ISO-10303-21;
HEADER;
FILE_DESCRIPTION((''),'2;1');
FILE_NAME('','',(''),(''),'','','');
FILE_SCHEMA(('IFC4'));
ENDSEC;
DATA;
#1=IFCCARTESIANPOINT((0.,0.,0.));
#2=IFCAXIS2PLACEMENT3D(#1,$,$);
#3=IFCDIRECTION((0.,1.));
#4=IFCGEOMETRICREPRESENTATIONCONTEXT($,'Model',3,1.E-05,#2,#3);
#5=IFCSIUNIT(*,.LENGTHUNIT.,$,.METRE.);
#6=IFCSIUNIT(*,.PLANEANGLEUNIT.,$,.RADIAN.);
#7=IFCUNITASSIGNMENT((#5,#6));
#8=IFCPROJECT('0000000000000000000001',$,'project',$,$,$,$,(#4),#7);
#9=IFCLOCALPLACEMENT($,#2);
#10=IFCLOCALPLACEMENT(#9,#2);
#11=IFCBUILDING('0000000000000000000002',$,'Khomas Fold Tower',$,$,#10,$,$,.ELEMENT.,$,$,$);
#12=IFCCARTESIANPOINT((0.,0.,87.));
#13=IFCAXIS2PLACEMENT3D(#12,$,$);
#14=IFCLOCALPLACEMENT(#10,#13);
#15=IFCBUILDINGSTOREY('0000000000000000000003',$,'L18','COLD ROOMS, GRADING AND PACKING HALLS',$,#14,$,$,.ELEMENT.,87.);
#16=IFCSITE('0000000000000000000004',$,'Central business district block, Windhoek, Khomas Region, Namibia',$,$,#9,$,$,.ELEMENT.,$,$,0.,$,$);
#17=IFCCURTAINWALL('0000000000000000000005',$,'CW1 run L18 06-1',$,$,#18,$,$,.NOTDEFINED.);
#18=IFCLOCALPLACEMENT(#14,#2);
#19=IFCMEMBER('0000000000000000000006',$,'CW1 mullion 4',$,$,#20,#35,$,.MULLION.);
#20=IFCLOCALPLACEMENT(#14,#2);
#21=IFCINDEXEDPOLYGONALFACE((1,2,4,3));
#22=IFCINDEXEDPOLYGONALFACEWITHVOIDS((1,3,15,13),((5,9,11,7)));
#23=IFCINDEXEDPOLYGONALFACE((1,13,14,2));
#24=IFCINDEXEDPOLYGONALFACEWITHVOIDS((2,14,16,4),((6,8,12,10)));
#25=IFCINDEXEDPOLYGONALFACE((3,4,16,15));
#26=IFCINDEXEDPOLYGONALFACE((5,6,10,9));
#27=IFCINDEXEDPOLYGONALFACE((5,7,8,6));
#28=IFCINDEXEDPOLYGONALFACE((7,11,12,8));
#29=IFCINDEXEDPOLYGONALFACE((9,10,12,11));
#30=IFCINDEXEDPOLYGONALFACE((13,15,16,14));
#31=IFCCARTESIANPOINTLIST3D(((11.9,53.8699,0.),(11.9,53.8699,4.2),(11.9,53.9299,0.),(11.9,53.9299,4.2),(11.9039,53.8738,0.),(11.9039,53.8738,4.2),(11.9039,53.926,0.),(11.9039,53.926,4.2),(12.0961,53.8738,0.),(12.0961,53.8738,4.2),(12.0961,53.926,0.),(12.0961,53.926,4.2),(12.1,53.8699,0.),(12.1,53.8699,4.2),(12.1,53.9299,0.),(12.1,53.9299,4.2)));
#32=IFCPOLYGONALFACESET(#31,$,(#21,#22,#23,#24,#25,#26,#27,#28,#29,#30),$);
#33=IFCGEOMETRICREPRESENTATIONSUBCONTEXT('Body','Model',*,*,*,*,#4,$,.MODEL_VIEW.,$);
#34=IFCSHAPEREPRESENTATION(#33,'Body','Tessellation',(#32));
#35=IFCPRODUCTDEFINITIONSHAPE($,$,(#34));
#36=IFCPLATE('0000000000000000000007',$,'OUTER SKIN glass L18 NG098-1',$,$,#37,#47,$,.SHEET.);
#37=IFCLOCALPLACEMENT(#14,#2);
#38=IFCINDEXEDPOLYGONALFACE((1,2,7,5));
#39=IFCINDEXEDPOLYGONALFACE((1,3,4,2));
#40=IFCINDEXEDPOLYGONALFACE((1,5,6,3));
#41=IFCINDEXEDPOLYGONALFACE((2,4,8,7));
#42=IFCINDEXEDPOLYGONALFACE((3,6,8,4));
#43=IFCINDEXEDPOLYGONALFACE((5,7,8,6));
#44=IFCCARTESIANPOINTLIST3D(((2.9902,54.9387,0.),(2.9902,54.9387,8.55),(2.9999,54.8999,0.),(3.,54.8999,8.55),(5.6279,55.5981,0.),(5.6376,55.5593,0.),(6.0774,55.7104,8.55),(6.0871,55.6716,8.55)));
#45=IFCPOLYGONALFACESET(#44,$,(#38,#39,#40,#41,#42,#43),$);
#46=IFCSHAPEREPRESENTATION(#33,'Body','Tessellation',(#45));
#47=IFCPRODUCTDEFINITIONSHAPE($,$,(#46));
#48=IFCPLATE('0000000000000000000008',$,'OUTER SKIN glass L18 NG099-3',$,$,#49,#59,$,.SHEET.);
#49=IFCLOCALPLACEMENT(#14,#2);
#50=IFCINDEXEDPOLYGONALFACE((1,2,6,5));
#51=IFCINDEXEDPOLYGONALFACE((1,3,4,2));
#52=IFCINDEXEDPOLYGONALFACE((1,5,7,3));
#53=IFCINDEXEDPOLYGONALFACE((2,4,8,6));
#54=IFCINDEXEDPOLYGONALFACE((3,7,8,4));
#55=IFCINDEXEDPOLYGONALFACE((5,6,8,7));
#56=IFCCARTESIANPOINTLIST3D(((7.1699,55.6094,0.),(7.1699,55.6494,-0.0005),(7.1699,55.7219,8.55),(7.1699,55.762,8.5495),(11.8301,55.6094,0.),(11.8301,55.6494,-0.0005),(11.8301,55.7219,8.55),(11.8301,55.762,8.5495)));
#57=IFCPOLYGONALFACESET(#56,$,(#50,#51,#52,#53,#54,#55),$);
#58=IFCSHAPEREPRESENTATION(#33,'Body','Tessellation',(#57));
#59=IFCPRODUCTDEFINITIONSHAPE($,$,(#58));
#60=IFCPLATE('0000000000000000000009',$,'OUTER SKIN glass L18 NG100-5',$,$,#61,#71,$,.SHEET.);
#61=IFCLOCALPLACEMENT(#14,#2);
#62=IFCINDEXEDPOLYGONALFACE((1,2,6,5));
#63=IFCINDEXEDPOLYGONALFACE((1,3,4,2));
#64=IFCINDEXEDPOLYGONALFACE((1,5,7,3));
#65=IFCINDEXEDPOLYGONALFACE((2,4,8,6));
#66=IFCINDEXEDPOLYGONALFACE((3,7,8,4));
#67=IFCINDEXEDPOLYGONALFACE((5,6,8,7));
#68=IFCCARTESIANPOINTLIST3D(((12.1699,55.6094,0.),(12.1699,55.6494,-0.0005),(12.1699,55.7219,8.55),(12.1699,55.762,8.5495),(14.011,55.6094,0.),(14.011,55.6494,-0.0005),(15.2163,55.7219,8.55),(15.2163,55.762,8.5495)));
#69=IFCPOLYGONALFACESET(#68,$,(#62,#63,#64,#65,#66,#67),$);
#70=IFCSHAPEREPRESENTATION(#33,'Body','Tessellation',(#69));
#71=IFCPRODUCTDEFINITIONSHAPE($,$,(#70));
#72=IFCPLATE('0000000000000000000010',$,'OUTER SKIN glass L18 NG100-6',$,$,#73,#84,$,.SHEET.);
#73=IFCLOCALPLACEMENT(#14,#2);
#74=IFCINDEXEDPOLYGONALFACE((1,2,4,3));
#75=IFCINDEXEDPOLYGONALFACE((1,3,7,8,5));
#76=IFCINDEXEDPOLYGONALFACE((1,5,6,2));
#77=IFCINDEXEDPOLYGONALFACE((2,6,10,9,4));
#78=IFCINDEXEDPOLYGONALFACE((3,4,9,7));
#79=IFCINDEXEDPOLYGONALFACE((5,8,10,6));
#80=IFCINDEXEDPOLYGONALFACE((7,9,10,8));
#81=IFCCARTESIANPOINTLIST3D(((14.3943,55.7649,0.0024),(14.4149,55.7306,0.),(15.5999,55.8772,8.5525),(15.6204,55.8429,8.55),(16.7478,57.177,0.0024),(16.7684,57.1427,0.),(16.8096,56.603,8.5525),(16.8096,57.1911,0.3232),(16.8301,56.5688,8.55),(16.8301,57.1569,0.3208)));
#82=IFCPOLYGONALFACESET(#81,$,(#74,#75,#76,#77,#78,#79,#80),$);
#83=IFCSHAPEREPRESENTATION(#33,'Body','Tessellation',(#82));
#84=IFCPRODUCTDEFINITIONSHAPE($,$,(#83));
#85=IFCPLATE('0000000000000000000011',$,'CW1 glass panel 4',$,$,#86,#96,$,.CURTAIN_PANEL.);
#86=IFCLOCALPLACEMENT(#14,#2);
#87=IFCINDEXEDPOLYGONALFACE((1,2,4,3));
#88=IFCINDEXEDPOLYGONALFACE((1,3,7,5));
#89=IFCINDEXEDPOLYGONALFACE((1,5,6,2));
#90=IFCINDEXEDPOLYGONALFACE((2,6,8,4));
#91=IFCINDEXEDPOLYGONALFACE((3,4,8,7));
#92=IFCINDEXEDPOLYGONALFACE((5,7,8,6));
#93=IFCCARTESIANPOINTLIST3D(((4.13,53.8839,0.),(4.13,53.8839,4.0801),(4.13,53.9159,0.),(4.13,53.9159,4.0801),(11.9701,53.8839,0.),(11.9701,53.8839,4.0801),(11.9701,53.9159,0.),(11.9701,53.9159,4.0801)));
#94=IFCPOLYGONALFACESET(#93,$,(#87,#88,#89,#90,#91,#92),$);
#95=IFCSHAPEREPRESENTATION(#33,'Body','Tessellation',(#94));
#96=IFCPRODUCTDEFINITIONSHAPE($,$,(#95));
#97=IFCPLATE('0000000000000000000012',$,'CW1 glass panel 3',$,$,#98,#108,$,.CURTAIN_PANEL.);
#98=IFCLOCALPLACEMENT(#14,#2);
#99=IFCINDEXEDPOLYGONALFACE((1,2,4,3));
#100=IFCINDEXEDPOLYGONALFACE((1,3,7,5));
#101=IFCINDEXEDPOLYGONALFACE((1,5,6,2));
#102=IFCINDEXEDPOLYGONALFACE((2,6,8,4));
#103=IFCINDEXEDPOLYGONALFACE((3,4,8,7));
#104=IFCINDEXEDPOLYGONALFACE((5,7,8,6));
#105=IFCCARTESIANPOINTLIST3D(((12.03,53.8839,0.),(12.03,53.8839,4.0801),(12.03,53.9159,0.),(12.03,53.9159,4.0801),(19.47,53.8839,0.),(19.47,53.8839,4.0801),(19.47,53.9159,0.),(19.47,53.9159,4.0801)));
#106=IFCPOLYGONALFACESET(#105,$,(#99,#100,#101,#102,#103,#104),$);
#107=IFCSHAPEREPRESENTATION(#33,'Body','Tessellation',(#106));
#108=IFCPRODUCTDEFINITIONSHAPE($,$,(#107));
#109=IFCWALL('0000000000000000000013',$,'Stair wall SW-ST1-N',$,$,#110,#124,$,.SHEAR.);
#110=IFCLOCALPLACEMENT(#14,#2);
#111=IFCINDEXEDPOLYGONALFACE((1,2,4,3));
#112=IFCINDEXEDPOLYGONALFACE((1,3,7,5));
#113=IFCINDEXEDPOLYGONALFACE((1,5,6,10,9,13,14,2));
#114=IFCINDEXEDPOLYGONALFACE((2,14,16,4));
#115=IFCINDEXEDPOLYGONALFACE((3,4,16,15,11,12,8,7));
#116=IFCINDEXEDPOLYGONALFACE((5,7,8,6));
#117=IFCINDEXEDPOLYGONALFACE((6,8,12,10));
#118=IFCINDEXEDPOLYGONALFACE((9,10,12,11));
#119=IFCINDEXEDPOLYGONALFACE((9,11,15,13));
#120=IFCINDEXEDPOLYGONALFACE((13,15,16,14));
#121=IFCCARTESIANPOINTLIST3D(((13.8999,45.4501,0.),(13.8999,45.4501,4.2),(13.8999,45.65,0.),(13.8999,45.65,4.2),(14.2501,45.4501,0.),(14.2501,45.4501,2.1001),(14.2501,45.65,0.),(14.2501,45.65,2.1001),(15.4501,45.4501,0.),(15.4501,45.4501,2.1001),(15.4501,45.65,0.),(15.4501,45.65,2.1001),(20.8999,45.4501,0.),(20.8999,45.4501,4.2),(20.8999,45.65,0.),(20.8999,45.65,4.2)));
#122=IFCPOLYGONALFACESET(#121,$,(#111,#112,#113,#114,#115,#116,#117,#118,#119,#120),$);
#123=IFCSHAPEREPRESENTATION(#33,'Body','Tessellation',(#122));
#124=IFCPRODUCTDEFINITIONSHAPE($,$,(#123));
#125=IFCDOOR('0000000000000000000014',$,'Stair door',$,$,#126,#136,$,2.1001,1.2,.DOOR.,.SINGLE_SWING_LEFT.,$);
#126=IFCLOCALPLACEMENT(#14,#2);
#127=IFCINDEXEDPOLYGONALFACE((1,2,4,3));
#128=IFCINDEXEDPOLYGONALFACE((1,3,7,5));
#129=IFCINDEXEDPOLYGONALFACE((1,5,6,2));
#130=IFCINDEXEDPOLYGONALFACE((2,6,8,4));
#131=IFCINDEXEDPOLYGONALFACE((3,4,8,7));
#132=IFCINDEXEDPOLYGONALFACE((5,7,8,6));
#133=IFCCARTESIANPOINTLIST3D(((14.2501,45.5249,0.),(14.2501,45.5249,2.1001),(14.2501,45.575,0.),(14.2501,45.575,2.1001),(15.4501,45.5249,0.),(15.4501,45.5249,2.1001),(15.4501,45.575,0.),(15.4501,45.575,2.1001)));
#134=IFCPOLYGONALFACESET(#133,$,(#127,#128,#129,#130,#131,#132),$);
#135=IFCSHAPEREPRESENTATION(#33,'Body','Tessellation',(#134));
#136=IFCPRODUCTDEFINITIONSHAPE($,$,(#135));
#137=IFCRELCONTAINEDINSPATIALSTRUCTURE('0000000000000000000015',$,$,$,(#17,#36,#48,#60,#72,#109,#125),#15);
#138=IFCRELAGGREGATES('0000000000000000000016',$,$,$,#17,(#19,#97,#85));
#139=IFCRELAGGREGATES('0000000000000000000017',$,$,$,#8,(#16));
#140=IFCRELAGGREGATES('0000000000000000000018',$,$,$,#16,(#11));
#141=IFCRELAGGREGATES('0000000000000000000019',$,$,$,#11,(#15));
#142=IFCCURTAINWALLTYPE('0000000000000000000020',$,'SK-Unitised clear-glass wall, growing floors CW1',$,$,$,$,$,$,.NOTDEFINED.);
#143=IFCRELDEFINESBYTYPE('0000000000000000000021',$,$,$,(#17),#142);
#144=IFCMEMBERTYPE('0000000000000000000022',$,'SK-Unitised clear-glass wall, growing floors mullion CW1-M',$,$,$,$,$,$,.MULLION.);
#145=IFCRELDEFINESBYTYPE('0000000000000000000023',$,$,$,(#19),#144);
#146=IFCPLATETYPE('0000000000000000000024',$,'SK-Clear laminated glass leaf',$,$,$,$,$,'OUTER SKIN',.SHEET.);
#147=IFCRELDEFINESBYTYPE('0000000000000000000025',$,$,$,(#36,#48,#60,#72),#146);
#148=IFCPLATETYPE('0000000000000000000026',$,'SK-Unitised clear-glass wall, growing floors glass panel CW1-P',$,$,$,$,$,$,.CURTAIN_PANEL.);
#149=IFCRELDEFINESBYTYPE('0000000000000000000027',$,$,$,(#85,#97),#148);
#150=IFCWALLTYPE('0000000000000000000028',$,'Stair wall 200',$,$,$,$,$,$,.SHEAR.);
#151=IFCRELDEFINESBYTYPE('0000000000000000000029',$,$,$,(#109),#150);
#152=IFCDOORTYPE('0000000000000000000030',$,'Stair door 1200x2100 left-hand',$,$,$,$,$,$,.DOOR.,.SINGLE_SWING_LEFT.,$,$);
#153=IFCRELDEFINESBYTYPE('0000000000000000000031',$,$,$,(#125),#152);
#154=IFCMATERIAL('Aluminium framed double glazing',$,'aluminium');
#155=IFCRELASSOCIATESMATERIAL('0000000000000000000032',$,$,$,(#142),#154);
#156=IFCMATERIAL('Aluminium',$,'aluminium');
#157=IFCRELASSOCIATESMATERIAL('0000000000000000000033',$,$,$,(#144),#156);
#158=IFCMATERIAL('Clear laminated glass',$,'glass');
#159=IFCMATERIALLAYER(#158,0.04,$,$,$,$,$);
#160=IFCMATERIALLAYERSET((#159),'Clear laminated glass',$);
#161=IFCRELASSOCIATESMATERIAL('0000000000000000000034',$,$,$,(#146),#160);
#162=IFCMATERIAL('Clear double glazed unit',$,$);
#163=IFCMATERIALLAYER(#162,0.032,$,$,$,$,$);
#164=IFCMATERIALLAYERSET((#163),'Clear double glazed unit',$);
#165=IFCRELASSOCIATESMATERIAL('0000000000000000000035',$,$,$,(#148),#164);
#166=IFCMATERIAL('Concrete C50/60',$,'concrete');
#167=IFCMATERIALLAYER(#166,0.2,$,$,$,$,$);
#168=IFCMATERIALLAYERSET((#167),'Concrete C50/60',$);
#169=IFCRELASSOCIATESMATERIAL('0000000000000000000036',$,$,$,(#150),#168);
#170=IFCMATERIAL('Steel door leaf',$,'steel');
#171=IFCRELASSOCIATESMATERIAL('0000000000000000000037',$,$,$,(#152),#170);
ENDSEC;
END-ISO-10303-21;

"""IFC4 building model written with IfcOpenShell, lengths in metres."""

from ifc_helpers import new_model, si_unit, direction, frame, frame_2d, origin, origin_2d, place, context, subcontext, project, spatial, polyline, rectangle, hollow_rectangle, outline, extrude, source, transform, mapped, material, layer, layer_set, material_profile, profile_set, type_object, element, fill, aggregate, save


model = new_model("IFC4")

# Units and contexts
model_context = context("Model", 3, precision=1e-05, world=origin(), true_north=direction((0.0, 1.0)))
body_context = subcontext(model_context, "Body", "Model", "MODEL_VIEW")
ifc_project = project(units=[si_unit("LENGTHUNIT", "METRE"), si_unit("PLANEANGLEUNIT", "RADIAN")], contexts=[model_context])

# Site, building, storey
site_placement = place(None, origin())
site = spatial("IfcSite", under=ifc_project, at=site_placement, Name="Central business district block, Windhoek, Khomas Region, Namibia", CompositionType="ELEMENT", RefElevation=0.0)
building_placement = place(site_placement, origin())
building = spatial("IfcBuilding", under=site, at=building_placement, Name="Khomas Fold Tower", CompositionType="ELEMENT")
storey_placement = place(building_placement, frame((0.0, 0.0, 87.0)))
storey = spatial("IfcBuildingStorey", under=building, at=storey_placement, Name="L18", Description="COLD ROOMS, GRADING AND PACKING HALLS", CompositionType="ELEMENT", Elevation=87.0)

# Curtain wall, member
ifc_material_1 = material(Name="Aluminium framed double glazing", Category="aluminium")
curtain_wall_type = type_object("IfcCurtainWallType", Name="SK-Unitised clear-glass wall, growing floors CW1", PredefinedType="NOTDEFINED", material=ifc_material_1)
curtain_wall_placement = place(storey_placement, origin())
curtain_wall = element("IfcCurtainWall", 1, at=curtain_wall_placement, inside=storey, type_object=curtain_wall_type, Name="CW1 run L18 06-1", PredefinedType="NOTDEFINED")
ifc_material_2 = material(Name="Aluminium", Category="aluminium")
ifc_material_profile_1 = material_profile(ifc_material_2, hollow_rectangle(XDim=0.0601, YDim=0.2, WallThickness=0.0039, at=origin_2d()), Name="SK-Unitised clear-glass wall, growing floors mullion CW1-M")
ifc_profile_set_1 = profile_set([ifc_material_profile_1], Name="Aluminium")
member_type_1 = type_object("IfcMemberType", Name="SK-Unitised clear-glass wall, growing floors mullion CW1-M", PredefinedType="MULLION", material=ifc_profile_set_1)
shared_shape_1 = source(origin(), body_context, "Body", "SweptSolid", [
    extrude(hollow_rectangle(XDim=0.0601, YDim=0.2, WallThickness=0.0039, at=origin_2d()), origin(), (0.0, 0.0, 1.0), 4.2),
])
member_1_placement = place(storey_placement, frame((12.0, 53.8999, 0.0), z_axis=(0.0, 0.0, 1.0), x_axis=(0.0, -1.0, 0.0)))
member_1 = element("IfcMember", 2, at=member_1_placement, type_object=member_type_1, Name="CW1 mullion 4", PredefinedType="MULLION", context=body_context, shape_type="MappedRepresentation", body=[
    mapped(shared_shape_1, transform((0.0, 0.0, 0.0))),
])

# Plates
ifc_material_3 = material(Name="Clear laminated glass", Category="glass")
ifc_layer_1 = layer(ifc_material_3, 0.04)
ifc_layer_set_1 = layer_set([ifc_layer_1], Name="Clear laminated glass")
plate_type_1 = type_object("IfcPlateType", Name="SK-Clear laminated glass leaf", ElementType="OUTER SKIN", PredefinedType="SHEET", material=ifc_layer_set_1)
plate_1_placement = place(storey_placement, frame((6.0774, 55.7104, 8.55), z_axis=(-0.242526, 0.970145, 0.000003), x_axis=(-0.052491, -0.013119, -0.998535)))
element("IfcPlate", 3, at=plate_1_placement, inside=storey, type_object=plate_type_1, Name="OUTER SKIN glass L18 NG098-1", PredefinedType="SHEET", context=body_context, shape_type="SweptSolid", body=[
    extrude(outline(polyline([(0.0, 0.0), (8.5626, 0.0), (8.7097, 2.7149), (0.1722, 3.1775), (0.0, 0.0)])), origin(), (0.0, 0.0, -1.0), 0.04),
])
plate_2_placement = place(storey_placement, frame((7.1699, 55.6094, 0.0), z_axis=(0.0, -0.999913, 0.013162), x_axis=(0.0, 0.013162, 0.999913)))
element("IfcPlate", 4, at=plate_2_placement, inside=storey, type_object=plate_type_1, Name="OUTER SKIN glass L18 NG099-3", PredefinedType="SHEET", context=body_context, shape_type="SweptSolid", body=[
    extrude(outline(polyline([(0.0, 0.0), (8.5508, 0.0), (8.5508, -4.6602), (0.0, -4.6602), (0.0, 0.0)])), origin(), (0.0, 0.0, -1.0), 0.04),
])
plate_3_placement = place(storey_placement, frame((14.011, 55.6094, 0.0), z_axis=(0.0, -0.999913, 0.013162), x_axis=(-1.0, 0.0, 0.0)))
element("IfcPlate", 5, at=plate_3_placement, inside=storey, type_object=plate_type_1, Name="OUTER SKIN glass L18 NG100-5", PredefinedType="SHEET", context=body_context, shape_type="SweptSolid", body=[
    extrude(outline(polyline([(0.0, 0.0), (1.8411, 0.0), (1.8411, -8.5508), (-1.2053, -8.5508), (0.0, 0.0)])), origin(), (0.0, 0.0, -1.0), 0.04),
])
plate_4_placement = place(storey_placement, frame((16.7478, 57.177, 0.0024), z_axis=(-0.513537, 0.855885, 0.061166), x_axis=(-0.85749, -0.5145, 0.0)))
element("IfcPlate", 6, at=plate_4_placement, inside=storey, type_object=plate_type_1, Name="OUTER SKIN glass L18 NG100-6", PredefinedType="SHEET", context=body_context, shape_type="SweptSolid", body=[
    extrude(outline(polyline([(0.0, 0.0), (2.7446, 0.0), (1.6531, 8.5661), (0.2423, 8.5661), (-0.0603, 0.3214), (0.0, 0.0)])), origin(), (0.0, 0.0, -1.0), 0.04),
])

# Plates
ifc_material_4 = material(Name="Clear double glazed unit")
ifc_layer_2 = layer(ifc_material_4, 0.032)
ifc_layer_set_2 = layer_set([ifc_layer_2], Name="Clear double glazed unit")
plate_type_2 = type_object("IfcPlateType", Name="SK-Unitised clear-glass wall, growing floors glass panel CW1-P", PredefinedType="CURTAIN_PANEL", material=ifc_layer_set_2)
shared_shape_2 = source(origin(), body_context, "Body", "SweptSolid", [
    extrude(rectangle(XDim=7.8401, YDim=0.032, at=origin_2d()), origin(), (0.0, 0.0, 1.0), 4.0801),
])
plate_5_placement = place(storey_placement, frame((8.05, 53.8999, 0.0), z_axis=(0.0, 0.0, 1.0), x_axis=(-1.0, 0.0, 0.0)))
plate_5 = element("IfcPlate", 7, at=plate_5_placement, type_object=plate_type_2, Name="CW1 glass panel 4", PredefinedType="CURTAIN_PANEL", context=body_context, shape_type="MappedRepresentation", body=[
    mapped(shared_shape_2, transform((0.0, 0.0, 0.0))),
])
shared_shape_3 = source(origin(), body_context, "Body", "SweptSolid", [
    extrude(rectangle(XDim=7.4399, YDim=0.032, at=origin_2d()), origin(), (0.0, 0.0, 1.0), 4.0801),
])
plate_6_placement = place(storey_placement, frame((15.75, 53.8999, 0.0), z_axis=(0.0, 0.0, 1.0), x_axis=(-1.0, 0.0, 0.0)))
plate_6 = element("IfcPlate", 8, at=plate_6_placement, type_object=plate_type_2, Name="CW1 glass panel 3", PredefinedType="CURTAIN_PANEL", context=body_context, shape_type="MappedRepresentation", body=[
    mapped(shared_shape_3, transform((0.0, 0.0, 0.0))),
])
aggregate(curtain_wall, [member_1, plate_6, plate_5])

# Wall, opening, door
ifc_material_5 = material(Name="Concrete C50/60", Category="concrete")
ifc_layer_3 = layer(ifc_material_5, 0.2)
ifc_layer_set_3 = layer_set([ifc_layer_3], Name="Concrete C50/60")
wall_type_1 = type_object("IfcWallType", Name="Stair wall 200", PredefinedType="SHEAR", material=ifc_layer_set_3)
shared_shape_4 = source(origin(), body_context, "Body", "SweptSolid", [
    extrude(rectangle(XDim=7.0, YDim=0.2, at=frame_2d((3.5, 0.0))), origin(), (0.0, 0.0, 1.0), 4.2),
])
wall_1_placement = place(storey_placement, frame((13.8999, 45.55, 0.0), z_axis=(0.0, 0.0, 1.0), x_axis=(1.0, 0.0, 0.0)))
wall_1 = element("IfcWall", 9, at=wall_1_placement, inside=storey, type_object=wall_type_1, Name="Stair wall SW-ST1-N", PredefinedType="SHEAR", context=body_context, shape_type="MappedRepresentation", body=[
    mapped(shared_shape_4, transform((0.0, 0.0, 0.0))),
])
shared_shape_5 = source(origin(), body_context, "Body", "SweptSolid", [
    extrude(rectangle(XDim=1.2, YDim=2.1001, at=frame_2d((0.6001, 1.05))), frame((0.0, 0.1099, 0.0), z_axis=(0.0, -1.0, 0.0), x_axis=(1.0, 0.0, 0.0)), (0.0, 0.0, 1.0), 0.22),
])
opening_1_placement = place(wall_1_placement, frame((0.3501, 0.0, 0.0)))
opening_1 = element("IfcOpeningElement", 10, at=opening_1_placement, cuts=wall_1, PredefinedType="OPENING", context=body_context, shape_type="MappedRepresentation", body=[
    mapped(shared_shape_5, transform((0.0, 0.0, 0.0))),
])
ifc_material_6 = material(Name="Steel door leaf", Category="steel")
door_type_1 = type_object("IfcDoorType", Name="Stair door 1200x2100 left-hand", OperationType="SINGLE_SWING_LEFT", PredefinedType="DOOR", material=ifc_material_6)
shared_shape_6 = source(origin(), body_context, "Body", "SweptSolid", [
    extrude(rectangle(XDim=1.2, YDim=2.1001, at=frame_2d((0.6001, 1.05))), frame((0.0, 0.0249, 0.0), z_axis=(0.0, -1.0, 0.0), x_axis=(1.0, 0.0, 0.0)), (0.0, 0.0, 1.0), 0.05),
])
door_1_placement = place(opening_1_placement, origin())
door_1 = element("IfcDoor", 11, at=door_1_placement, inside=storey, type_object=door_type_1, Name="Stair door", OperationType="SINGLE_SWING_LEFT", OverallHeight=2.1001, OverallWidth=1.2, PredefinedType="DOOR", context=body_context, shape_type="MappedRepresentation", body=[
    mapped(shared_shape_6, transform((0.0, 0.0, 0.0))),
])
fill(opening_1, door_1)

save(model, "model.ifc")
